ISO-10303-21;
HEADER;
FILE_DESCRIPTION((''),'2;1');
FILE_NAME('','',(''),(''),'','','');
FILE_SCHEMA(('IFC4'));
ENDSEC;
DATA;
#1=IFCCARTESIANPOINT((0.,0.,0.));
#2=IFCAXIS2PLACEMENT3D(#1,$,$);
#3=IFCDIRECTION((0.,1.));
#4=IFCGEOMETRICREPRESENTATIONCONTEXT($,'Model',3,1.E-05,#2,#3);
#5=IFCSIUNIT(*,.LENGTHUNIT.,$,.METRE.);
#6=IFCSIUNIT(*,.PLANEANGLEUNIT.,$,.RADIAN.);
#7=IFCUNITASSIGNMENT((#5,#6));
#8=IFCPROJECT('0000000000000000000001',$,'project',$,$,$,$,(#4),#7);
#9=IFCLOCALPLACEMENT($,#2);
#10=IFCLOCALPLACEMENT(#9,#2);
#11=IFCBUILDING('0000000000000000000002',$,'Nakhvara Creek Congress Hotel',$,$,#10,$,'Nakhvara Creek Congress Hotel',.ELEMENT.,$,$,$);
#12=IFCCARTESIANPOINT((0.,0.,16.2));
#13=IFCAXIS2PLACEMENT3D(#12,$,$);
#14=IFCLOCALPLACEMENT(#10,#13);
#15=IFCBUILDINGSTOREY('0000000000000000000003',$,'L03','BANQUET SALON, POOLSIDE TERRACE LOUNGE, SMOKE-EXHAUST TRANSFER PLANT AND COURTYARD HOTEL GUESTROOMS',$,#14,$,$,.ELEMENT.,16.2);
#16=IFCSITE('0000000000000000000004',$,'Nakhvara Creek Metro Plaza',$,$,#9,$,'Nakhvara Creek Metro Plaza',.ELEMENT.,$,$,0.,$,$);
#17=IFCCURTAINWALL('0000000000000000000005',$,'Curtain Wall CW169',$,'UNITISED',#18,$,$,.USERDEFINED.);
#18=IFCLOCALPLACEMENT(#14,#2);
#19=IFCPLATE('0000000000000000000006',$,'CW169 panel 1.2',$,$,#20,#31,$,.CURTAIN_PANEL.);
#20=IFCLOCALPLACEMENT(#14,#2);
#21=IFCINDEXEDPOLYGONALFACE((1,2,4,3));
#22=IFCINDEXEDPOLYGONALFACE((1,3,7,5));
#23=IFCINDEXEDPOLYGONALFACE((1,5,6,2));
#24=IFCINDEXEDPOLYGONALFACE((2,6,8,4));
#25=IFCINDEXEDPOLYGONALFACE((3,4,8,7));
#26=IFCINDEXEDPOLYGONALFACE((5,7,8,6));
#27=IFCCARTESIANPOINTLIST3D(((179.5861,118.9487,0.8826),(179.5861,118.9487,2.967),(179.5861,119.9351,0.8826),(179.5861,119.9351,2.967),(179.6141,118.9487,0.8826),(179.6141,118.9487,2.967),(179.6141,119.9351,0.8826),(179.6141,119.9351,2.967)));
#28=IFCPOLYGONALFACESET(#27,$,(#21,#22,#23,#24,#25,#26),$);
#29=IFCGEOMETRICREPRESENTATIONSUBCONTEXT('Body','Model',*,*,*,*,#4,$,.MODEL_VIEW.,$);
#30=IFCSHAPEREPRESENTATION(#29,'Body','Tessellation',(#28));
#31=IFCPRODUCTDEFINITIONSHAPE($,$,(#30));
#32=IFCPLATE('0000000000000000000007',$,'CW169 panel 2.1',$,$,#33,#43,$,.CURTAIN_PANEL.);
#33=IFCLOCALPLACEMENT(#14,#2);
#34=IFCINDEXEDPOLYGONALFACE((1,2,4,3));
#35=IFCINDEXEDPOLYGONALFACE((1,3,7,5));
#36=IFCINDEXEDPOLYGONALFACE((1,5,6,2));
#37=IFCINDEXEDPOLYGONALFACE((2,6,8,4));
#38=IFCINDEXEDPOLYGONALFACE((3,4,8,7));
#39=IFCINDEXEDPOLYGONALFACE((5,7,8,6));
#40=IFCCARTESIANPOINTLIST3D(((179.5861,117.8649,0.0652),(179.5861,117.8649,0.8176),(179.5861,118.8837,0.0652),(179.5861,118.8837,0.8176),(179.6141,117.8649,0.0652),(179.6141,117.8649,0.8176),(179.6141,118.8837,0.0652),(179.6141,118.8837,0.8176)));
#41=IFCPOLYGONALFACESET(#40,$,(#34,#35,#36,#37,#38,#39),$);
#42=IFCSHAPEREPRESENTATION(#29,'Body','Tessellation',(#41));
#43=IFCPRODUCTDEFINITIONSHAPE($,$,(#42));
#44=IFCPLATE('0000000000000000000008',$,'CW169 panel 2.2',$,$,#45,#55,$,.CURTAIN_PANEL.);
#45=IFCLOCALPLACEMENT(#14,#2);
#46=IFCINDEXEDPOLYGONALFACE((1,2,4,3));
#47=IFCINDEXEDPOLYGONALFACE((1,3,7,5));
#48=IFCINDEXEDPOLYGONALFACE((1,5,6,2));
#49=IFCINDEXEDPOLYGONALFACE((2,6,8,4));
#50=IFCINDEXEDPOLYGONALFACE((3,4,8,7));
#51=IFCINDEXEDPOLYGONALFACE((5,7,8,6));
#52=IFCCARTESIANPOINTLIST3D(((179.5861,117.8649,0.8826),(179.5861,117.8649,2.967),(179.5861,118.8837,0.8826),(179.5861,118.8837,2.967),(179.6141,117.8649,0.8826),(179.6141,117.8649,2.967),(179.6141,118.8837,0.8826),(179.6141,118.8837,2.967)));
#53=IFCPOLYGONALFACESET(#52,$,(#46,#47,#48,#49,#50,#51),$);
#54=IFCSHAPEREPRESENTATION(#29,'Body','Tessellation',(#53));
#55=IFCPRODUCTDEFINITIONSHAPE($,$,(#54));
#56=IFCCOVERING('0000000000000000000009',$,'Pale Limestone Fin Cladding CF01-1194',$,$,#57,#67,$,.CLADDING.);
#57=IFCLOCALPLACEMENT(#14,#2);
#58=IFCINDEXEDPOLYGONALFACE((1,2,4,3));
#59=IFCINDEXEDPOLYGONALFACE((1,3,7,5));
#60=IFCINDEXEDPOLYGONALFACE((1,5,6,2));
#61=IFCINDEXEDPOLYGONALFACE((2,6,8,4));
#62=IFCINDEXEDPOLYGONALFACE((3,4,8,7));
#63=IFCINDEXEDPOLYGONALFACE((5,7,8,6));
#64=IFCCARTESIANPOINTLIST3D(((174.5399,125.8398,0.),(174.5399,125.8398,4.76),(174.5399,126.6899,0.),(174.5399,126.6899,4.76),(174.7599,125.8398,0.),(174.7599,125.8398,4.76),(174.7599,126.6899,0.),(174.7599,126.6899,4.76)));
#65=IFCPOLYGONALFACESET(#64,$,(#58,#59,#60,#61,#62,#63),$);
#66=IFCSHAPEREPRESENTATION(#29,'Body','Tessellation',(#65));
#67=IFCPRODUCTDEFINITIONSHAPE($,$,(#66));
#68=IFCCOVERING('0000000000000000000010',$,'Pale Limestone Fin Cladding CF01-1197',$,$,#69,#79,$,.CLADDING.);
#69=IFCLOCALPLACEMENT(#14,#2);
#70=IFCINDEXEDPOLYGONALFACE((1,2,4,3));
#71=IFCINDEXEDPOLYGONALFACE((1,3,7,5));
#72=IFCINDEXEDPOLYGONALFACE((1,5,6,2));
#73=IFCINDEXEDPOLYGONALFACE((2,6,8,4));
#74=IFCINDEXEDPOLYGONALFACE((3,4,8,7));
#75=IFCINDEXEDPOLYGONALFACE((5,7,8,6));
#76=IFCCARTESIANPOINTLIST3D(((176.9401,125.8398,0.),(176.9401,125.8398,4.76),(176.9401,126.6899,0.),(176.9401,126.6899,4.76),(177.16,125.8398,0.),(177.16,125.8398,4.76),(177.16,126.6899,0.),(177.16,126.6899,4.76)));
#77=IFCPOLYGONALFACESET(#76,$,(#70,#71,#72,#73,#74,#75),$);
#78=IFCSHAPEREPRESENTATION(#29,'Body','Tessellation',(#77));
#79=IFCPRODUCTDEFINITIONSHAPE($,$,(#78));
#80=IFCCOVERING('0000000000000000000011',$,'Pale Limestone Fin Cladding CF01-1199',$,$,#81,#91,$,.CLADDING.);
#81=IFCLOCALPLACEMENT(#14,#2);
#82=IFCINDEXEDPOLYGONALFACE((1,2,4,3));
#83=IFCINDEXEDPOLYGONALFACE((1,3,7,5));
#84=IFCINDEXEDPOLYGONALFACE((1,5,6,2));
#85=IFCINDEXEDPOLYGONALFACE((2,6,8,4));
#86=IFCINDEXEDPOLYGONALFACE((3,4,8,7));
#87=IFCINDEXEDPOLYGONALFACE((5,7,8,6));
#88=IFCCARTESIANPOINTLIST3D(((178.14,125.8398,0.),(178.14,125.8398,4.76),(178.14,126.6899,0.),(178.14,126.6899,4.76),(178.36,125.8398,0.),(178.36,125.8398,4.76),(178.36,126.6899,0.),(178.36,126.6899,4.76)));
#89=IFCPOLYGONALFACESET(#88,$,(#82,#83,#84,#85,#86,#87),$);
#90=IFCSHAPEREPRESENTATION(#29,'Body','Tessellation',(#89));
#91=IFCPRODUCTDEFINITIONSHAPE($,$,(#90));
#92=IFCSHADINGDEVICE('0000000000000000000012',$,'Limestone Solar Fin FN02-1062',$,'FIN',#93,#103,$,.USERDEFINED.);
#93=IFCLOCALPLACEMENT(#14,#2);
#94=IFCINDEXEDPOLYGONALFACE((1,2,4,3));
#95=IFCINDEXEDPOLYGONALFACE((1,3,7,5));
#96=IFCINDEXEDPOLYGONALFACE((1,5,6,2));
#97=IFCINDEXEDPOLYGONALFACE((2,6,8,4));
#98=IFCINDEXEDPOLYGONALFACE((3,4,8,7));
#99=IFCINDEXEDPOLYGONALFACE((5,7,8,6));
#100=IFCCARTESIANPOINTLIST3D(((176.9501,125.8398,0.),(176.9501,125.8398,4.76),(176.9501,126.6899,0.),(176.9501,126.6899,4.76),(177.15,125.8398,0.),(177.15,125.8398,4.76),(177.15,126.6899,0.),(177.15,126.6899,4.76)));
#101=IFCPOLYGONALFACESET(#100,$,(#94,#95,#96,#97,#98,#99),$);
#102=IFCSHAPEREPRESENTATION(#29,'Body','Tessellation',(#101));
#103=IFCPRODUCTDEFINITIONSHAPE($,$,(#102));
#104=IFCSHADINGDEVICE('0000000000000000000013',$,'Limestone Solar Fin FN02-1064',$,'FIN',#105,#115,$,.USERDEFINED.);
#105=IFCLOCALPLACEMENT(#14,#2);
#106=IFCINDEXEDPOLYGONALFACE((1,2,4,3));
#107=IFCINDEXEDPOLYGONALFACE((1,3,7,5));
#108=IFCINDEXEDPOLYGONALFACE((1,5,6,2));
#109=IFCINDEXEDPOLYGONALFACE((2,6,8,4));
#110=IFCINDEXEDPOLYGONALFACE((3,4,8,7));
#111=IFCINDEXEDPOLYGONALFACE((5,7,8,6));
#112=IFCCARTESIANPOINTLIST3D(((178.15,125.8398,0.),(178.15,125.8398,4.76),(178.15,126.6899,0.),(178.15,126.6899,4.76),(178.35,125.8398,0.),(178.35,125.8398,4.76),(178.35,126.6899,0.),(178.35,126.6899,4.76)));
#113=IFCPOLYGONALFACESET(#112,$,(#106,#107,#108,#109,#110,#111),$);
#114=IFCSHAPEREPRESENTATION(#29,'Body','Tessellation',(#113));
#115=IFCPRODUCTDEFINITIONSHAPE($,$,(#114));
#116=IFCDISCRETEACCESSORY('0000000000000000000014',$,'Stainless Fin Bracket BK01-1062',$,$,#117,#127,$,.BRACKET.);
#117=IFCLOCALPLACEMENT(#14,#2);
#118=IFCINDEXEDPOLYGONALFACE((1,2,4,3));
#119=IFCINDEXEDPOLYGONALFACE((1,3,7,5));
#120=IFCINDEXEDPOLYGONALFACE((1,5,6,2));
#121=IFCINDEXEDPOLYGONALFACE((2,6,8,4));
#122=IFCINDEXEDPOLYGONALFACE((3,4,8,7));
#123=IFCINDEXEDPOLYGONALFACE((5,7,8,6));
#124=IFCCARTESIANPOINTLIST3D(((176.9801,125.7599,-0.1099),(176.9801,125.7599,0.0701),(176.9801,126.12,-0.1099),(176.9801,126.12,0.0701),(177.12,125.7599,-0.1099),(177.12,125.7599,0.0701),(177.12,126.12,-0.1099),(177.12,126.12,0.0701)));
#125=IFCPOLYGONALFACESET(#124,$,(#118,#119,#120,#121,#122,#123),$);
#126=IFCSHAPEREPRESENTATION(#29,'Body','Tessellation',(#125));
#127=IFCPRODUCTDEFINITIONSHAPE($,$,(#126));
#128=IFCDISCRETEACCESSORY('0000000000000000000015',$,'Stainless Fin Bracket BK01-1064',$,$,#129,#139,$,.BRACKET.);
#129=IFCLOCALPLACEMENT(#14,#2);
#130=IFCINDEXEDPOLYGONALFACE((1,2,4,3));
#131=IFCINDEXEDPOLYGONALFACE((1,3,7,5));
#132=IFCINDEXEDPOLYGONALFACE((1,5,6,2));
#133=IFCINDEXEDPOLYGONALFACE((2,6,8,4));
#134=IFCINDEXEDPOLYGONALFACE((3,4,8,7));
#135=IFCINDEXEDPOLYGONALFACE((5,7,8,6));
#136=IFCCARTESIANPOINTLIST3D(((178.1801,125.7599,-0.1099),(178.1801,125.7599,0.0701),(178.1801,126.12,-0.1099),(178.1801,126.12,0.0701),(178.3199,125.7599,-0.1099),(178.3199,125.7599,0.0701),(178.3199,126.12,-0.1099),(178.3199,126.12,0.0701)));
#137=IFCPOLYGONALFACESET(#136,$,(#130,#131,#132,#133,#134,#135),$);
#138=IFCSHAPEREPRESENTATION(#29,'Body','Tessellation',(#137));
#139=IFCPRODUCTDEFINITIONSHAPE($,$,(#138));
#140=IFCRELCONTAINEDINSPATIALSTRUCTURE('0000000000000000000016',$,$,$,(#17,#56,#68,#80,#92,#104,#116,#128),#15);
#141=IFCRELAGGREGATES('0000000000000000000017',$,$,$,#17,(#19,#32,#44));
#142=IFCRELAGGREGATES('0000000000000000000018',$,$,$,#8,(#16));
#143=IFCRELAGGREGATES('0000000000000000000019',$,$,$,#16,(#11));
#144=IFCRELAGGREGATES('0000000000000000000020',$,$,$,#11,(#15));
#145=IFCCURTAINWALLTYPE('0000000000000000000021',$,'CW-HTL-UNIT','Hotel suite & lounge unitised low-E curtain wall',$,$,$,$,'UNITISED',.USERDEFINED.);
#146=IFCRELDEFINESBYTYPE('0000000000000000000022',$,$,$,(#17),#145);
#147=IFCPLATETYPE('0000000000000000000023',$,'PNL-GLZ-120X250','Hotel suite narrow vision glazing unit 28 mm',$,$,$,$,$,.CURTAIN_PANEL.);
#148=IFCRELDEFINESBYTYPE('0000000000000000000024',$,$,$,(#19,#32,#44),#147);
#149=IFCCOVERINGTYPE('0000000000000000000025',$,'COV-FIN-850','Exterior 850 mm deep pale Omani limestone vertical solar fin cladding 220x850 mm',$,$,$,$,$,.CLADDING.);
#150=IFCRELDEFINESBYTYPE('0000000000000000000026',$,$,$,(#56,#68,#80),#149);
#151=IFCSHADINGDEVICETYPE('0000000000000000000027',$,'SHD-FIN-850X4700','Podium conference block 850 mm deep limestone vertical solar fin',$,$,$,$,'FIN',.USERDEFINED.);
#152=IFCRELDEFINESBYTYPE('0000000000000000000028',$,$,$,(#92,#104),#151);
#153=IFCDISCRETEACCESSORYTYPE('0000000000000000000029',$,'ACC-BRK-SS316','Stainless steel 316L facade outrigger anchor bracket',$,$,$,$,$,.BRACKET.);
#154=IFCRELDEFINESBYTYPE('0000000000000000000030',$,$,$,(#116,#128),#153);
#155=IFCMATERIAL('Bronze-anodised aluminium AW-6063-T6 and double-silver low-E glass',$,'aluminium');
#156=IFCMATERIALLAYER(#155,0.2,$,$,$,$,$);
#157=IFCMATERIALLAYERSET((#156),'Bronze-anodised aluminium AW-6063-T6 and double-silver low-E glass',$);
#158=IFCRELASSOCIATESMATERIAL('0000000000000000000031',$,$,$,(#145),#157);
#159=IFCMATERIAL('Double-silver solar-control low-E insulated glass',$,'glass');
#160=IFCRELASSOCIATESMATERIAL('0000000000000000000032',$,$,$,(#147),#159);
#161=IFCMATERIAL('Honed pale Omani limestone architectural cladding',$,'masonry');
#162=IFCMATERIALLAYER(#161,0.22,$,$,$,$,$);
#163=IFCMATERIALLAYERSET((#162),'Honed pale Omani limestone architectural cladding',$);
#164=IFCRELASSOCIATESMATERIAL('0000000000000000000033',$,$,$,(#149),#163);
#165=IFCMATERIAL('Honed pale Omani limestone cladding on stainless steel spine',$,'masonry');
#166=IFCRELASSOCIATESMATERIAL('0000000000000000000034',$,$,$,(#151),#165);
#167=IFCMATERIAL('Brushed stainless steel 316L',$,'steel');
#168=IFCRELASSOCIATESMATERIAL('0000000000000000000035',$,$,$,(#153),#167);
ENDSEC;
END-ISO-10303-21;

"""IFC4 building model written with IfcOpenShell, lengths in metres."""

from ifc_helpers import new_model, si_unit, direction, frame, origin, origin_2d, place, context, subcontext, project, spatial, rectangle, extrude, material, layer, layer_set, type_object, element, aggregate, save


model = new_model("IFC4")

# Units and contexts
model_context = context("Model", 3, precision=1e-05, world=origin(), true_north=direction((0.0, 1.0)))
body_context = subcontext(model_context, "Body", "Model", "MODEL_VIEW")
ifc_project = project(units=[si_unit("LENGTHUNIT", "METRE"), si_unit("PLANEANGLEUNIT", "RADIAN")], contexts=[model_context])

# Site, building, storey
site_placement = place(None, origin())
site = spatial("IfcSite", under=ifc_project, at=site_placement, Name="Nakhvara Creek Metro Plaza", LongName="Nakhvara Creek Metro Plaza", CompositionType="ELEMENT", RefElevation=0.0)
building_placement = place(site_placement, origin())
building = spatial("IfcBuilding", under=site, at=building_placement, Name="Nakhvara Creek Congress Hotel", LongName="Nakhvara Creek Congress Hotel", CompositionType="ELEMENT")
storey_placement = place(building_placement, frame((0.0, 0.0, 16.2)))
storey = spatial("IfcBuildingStorey", under=building, at=storey_placement, Name="L03", Description="BANQUET SALON, POOLSIDE TERRACE LOUNGE, SMOKE-EXHAUST TRANSFER PLANT AND COURTYARD HOTEL GUESTROOMS", CompositionType="ELEMENT", Elevation=16.2)

# Curtain wall
ifc_material_1 = material(Name="Bronze-anodised aluminium AW-6063-T6 and double-silver low-E glass", Category="aluminium")
ifc_layer_1 = layer(ifc_material_1, 0.2)
ifc_layer_set_1 = layer_set([ifc_layer_1], Name="Bronze-anodised aluminium AW-6063-T6 and double-silver low-E glass")
curtain_wall_type = type_object("IfcCurtainWallType", Name="CW-HTL-UNIT", Description="Hotel suite & lounge unitised low-E curtain wall", ElementType="UNITISED", PredefinedType="USERDEFINED", material=ifc_layer_set_1)
curtain_wall_1_placement = place(storey_placement, origin())
curtain_wall_1 = element("IfcCurtainWall", 1, at=curtain_wall_1_placement, inside=storey, type_object=curtain_wall_type, Name="Curtain Wall CW169", ObjectType="UNITISED", PredefinedType="USERDEFINED")

# Plates
ifc_material_2 = material(Name="Double-silver solar-control low-E insulated glass", Category="glass")
plate_type = type_object("IfcPlateType", Name="PNL-GLZ-120X250", Description="Hotel suite narrow vision glazing unit 28 mm", PredefinedType="CURTAIN_PANEL", material=ifc_material_2)
plate_1_placement = place(storey_placement, frame((179.6001, 119.4419, 0.8826), z_axis=(0.0, 0.0, 1.0), x_axis=(0.0, -1.0, 0.0)))
plate_1 = element("IfcPlate", 2, at=plate_1_placement, type_object=plate_type, Name="CW169 panel 1.2", PredefinedType="CURTAIN_PANEL", context=body_context, shape_type="SweptSolid", body=[
    extrude(rectangle(XDim=0.9863, YDim=0.0281, at=origin_2d()), origin(), (0.0, 0.0, 1.0), 2.0845),
])
plate_2_placement = place(storey_placement, frame((179.6001, 118.3743, 0.0652), z_axis=(0.0, 0.0, 1.0), x_axis=(0.0, -1.0, 0.0)))
plate_2 = element("IfcPlate", 3, at=plate_2_placement, type_object=plate_type, Name="CW169 panel 2.1", PredefinedType="CURTAIN_PANEL", context=body_context, shape_type="SweptSolid", body=[
    extrude(rectangle(XDim=1.0188, YDim=0.0281, at=origin_2d()), origin(), (0.0, 0.0, 1.0), 0.7524),
])
plate_3_placement = place(storey_placement, frame((179.6001, 118.3743, 0.8826), z_axis=(0.0, 0.0, 1.0), x_axis=(0.0, -1.0, 0.0)))
plate_3 = element("IfcPlate", 4, at=plate_3_placement, type_object=plate_type, Name="CW169 panel 2.2", PredefinedType="CURTAIN_PANEL", context=body_context, shape_type="SweptSolid", body=[
    extrude(rectangle(XDim=1.0188, YDim=0.0281, at=origin_2d()), origin(), (0.0, 0.0, 1.0), 2.0845),
])
aggregate(curtain_wall_1, [plate_1, plate_2, plate_3])

# Coverings
ifc_material_3 = material(Name="Honed pale Omani limestone architectural cladding", Category="masonry")
ifc_layer_2 = layer(ifc_material_3, 0.22)
ifc_layer_set_2 = layer_set([ifc_layer_2], Name="Honed pale Omani limestone architectural cladding")
covering_type = type_object("IfcCoveringType", Name="COV-FIN-850", Description="Exterior 850 mm deep pale Omani limestone vertical solar fin cladding 220x850 mm", PredefinedType="CLADDING", material=ifc_layer_set_2)
for number, where, z_axis, x_axis, name in (
    (5, (174.6499, 126.2649, 0.0), (0.0, 0.0, 1.0), (1.0, 0.0, 0.0), "Pale Limestone Fin Cladding CF01-1194"),
    (6, (177.05, 126.2649, 0.0), (0.0, 0.0, 1.0), (1.0, 0.0, 0.0), "Pale Limestone Fin Cladding CF01-1197"),
    (7, (178.25, 126.2649, 0.0), (0.0, 0.0, 1.0), (1.0, 0.0, 0.0), "Pale Limestone Fin Cladding CF01-1199"),
):
    element("IfcCovering", number, at=place(storey_placement, frame(where, z_axis=z_axis, x_axis=x_axis)), inside=storey, type_object=covering_type, Name=name, PredefinedType="CLADDING", context=body_context, shape_type="SweptSolid", body=[
        extrude(rectangle(XDim=0.22, YDim=0.8501, at=origin_2d()), origin(), (0.0, 0.0, 1.0), 4.76),
    ])

# Shading devices
ifc_material_4 = material(Name="Honed pale Omani limestone cladding on stainless steel spine", Category="masonry")
shading_device_type = type_object("IfcShadingDeviceType", Name="SHD-FIN-850X4700", Description="Podium conference block 850 mm deep limestone vertical solar fin", ElementType="FIN", PredefinedType="USERDEFINED", material=ifc_material_4)
for number, where, z_axis, x_axis, name in (
    (8, (177.05, 126.2649, 0.0), (0.0, 0.0, 1.0), (1.0, 0.0, 0.0), "Limestone Solar Fin FN02-1062"),
    (9, (178.25, 126.2649, 0.0), (0.0, 0.0, 1.0), (1.0, 0.0, 0.0), "Limestone Solar Fin FN02-1064"),
):
    element("IfcShadingDevice", number, at=place(storey_placement, frame(where, z_axis=z_axis, x_axis=x_axis)), inside=storey, type_object=shading_device_type, Name=name, ObjectType="FIN", PredefinedType="USERDEFINED", context=body_context, shape_type="SweptSolid", body=[
        extrude(rectangle(XDim=0.2, YDim=0.8501, at=origin_2d()), origin(), (0.0, 0.0, 1.0), 4.76),
    ])

# Discrete accessories
ifc_material_5 = material(Name="Brushed stainless steel 316L", Category="steel")
discrete_accessory_type = type_object("IfcDiscreteAccessoryType", Name="ACC-BRK-SS316", Description="Stainless steel 316L facade outrigger anchor bracket", PredefinedType="BRACKET", material=ifc_material_5)
for number, where, z_axis, x_axis, name in (
    (10, (177.05, 125.9399, -0.1099), (0.0, 0.0, 1.0), (1.0, 0.0, 0.0), "Stainless Fin Bracket BK01-1062"),
    (11, (178.25, 125.9399, -0.1099), (0.0, 0.0, 1.0), (1.0, 0.0, 0.0), "Stainless Fin Bracket BK01-1064"),
):
    element("IfcDiscreteAccessory", number, at=place(storey_placement, frame(where, z_axis=z_axis, x_axis=x_axis)), inside=storey, type_object=discrete_accessory_type, Name=name, PredefinedType="BRACKET", context=body_context, shape_type="SweptSolid", body=[
        extrude(rectangle(XDim=0.1399, YDim=0.3601, at=origin_2d()), origin(), (0.0, 0.0, 1.0), 0.1799),
    ])

save(model, "model.ifc")
